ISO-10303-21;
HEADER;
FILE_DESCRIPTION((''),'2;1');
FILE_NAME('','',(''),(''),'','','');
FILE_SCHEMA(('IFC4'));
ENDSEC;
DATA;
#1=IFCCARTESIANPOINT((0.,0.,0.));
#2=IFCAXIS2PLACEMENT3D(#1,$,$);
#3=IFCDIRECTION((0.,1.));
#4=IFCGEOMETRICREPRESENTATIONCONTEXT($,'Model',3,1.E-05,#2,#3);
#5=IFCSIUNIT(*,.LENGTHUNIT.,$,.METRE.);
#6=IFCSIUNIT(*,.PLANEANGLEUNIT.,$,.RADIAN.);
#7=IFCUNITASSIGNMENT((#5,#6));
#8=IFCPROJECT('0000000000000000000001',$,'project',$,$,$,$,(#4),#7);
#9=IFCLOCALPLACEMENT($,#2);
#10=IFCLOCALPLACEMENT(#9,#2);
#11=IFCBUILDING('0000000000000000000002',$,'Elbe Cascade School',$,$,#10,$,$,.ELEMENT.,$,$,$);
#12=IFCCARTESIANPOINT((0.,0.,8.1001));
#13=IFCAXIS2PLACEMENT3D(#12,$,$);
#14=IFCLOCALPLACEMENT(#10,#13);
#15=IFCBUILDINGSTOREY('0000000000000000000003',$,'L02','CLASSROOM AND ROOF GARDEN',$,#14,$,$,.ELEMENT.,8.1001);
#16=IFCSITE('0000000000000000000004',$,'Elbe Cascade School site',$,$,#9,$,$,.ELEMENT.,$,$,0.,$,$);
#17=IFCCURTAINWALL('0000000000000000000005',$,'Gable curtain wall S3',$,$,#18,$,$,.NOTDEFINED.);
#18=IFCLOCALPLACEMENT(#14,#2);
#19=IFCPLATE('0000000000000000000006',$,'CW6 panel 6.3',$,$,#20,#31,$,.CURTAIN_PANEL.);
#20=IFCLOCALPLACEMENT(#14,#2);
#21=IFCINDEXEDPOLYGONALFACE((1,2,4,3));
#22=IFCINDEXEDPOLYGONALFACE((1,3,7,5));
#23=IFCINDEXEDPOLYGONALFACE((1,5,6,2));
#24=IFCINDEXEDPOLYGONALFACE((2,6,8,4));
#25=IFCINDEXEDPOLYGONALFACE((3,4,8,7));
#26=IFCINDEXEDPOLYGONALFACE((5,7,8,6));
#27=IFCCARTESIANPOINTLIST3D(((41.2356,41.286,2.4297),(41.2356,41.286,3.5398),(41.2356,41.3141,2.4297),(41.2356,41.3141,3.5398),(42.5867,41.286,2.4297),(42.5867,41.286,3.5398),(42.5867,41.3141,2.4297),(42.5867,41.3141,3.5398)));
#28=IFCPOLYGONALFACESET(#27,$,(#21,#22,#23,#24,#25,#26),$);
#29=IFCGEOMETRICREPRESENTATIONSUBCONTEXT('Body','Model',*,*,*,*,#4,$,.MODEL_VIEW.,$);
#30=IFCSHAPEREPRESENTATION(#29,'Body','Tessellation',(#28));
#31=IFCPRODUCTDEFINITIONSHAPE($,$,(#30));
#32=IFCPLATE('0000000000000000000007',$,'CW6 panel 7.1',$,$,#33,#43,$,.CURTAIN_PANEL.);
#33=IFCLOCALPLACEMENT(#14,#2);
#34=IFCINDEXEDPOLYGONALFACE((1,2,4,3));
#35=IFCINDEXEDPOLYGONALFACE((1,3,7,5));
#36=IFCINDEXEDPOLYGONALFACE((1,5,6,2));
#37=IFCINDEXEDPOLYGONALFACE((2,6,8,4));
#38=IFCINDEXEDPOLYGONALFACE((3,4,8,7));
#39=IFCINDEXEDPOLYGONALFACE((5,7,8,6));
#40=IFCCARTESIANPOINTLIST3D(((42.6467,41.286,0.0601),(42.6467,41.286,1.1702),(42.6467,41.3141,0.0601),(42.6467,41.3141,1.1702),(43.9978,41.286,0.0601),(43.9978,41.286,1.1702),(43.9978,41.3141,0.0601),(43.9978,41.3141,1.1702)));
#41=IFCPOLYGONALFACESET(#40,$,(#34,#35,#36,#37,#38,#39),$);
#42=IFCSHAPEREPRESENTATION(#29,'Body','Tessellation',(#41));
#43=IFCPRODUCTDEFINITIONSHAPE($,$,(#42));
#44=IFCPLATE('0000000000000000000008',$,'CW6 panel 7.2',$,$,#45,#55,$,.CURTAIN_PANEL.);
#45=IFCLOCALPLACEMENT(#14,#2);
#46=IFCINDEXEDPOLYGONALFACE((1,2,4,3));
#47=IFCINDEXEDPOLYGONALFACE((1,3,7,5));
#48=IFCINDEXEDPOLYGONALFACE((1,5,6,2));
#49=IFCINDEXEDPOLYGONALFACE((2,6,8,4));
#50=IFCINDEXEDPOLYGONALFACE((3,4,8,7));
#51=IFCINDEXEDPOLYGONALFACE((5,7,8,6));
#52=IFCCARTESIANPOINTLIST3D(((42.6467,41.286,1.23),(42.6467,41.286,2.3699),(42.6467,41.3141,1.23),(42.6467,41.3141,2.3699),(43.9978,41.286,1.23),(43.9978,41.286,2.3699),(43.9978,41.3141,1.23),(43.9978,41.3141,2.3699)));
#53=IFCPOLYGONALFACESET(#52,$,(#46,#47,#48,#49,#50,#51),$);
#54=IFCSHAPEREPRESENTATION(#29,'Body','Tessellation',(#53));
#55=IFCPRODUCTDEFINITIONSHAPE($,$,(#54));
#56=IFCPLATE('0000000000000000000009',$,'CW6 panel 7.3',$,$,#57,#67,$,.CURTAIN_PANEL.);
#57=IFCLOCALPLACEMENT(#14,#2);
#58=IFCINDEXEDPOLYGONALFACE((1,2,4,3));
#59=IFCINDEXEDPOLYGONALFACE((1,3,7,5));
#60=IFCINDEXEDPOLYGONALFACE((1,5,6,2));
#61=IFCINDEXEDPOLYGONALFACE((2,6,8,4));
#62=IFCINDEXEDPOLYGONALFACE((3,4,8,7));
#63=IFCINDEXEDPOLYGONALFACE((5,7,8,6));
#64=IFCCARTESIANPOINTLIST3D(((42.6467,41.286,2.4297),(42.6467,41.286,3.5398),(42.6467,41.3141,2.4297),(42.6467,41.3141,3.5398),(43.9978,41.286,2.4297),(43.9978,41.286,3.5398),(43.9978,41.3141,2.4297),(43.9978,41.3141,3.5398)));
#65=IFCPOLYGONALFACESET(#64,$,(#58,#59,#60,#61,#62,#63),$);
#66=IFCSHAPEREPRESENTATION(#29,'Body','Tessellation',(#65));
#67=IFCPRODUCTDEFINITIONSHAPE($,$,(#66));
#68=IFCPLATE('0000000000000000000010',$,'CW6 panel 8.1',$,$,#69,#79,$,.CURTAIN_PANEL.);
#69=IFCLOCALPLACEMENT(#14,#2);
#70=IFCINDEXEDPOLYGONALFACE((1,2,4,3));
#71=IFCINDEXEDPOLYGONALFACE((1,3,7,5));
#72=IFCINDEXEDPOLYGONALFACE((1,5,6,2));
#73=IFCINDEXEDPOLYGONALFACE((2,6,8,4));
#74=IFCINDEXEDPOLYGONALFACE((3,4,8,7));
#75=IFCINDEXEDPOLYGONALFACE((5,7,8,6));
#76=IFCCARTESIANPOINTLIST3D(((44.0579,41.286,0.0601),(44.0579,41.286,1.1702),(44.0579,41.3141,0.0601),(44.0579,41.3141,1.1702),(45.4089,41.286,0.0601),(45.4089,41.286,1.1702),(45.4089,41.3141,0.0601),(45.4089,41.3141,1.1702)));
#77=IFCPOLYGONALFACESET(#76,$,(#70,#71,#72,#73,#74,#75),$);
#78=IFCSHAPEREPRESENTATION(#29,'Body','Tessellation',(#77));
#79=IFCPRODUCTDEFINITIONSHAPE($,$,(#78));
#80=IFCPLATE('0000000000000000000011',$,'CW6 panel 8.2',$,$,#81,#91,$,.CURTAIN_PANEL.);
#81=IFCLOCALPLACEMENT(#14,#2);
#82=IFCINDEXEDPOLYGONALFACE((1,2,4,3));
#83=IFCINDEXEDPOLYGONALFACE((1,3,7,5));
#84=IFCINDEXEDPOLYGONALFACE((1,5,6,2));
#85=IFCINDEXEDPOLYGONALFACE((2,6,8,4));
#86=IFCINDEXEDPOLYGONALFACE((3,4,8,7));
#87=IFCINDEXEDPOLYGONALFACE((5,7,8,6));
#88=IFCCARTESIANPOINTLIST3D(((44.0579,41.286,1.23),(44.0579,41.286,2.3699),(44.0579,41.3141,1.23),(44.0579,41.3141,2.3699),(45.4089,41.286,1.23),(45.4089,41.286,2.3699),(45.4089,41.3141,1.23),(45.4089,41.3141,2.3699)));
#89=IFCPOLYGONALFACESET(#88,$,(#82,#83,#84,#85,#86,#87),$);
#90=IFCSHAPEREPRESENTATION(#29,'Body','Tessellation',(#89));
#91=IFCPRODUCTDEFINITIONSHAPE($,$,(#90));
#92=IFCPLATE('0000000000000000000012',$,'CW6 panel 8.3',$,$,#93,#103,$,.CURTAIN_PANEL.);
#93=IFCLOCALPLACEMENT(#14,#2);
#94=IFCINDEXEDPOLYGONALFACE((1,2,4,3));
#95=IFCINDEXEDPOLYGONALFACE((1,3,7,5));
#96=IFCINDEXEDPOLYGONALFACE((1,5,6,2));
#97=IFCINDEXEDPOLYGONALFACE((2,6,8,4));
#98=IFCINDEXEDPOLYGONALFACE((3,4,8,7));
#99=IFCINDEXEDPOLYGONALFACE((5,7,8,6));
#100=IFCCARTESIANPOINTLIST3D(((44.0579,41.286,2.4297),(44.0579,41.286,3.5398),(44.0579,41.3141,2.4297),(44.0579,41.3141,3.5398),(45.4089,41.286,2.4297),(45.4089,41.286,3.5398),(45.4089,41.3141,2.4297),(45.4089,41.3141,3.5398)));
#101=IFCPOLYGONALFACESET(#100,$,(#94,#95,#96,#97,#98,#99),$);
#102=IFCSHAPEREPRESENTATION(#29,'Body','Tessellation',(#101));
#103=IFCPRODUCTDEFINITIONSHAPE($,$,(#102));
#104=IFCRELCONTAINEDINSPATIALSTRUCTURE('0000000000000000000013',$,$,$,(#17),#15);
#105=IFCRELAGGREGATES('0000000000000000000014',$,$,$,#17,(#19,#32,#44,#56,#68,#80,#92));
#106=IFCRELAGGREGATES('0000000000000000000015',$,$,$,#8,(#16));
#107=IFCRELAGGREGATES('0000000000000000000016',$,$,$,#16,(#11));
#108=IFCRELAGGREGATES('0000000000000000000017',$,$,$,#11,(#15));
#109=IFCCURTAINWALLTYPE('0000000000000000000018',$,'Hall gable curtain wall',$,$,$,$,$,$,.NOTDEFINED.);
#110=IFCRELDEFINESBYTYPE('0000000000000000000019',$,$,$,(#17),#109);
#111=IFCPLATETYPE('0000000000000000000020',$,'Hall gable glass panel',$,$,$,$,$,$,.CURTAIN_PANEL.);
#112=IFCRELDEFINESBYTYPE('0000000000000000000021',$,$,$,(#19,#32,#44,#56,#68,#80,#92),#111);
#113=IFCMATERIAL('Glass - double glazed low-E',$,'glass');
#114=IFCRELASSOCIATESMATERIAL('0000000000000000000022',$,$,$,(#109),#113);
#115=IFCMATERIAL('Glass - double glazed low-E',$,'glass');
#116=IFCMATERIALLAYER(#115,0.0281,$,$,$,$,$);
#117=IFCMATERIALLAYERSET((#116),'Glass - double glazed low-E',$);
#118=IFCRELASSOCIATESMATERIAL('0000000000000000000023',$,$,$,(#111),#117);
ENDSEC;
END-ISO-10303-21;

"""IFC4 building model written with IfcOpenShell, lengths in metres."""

from ifc_helpers import new_model, si_unit, direction, frame, origin, origin_2d, place, context, subcontext, project, spatial, rectangle, extrude, material, layer, layer_set, type_object, element, aggregate, save


model = new_model("IFC4")

# Units and contexts
model_context = context("Model", 3, precision=1e-05, world=origin(), true_north=direction((0.0, 1.0)))
body_context = subcontext(model_context, "Body", "Model", "MODEL_VIEW")
ifc_project = project(units=[si_unit("LENGTHUNIT", "METRE"), si_unit("PLANEANGLEUNIT", "RADIAN")], contexts=[model_context])

# Site, building, storey
site_placement = place(None, origin())
site = spatial("IfcSite", under=ifc_project, at=site_placement, Name="Elbe Cascade School site", CompositionType="ELEMENT", RefElevation=0.0)
building_placement = place(site_placement, origin())
building = spatial("IfcBuilding", under=site, at=building_placement, Name="Elbe Cascade School", CompositionType="ELEMENT")
storey_placement = place(building_placement, frame((0.0, 0.0, 8.1001)))
storey = spatial("IfcBuildingStorey", under=building, at=storey_placement, Name="L02", Description="CLASSROOM AND ROOF GARDEN", CompositionType="ELEMENT", Elevation=8.1001)

# Curtain wall, plates
ifc_material_1 = material(Name="Glass - double glazed low-E", Category="glass")
curtain_wall_type = type_object("IfcCurtainWallType", Name="Hall gable curtain wall", PredefinedType="NOTDEFINED", material=ifc_material_1)
curtain_wall_placement = place(storey_placement, origin())
curtain_wall = element("IfcCurtainWall", 1, at=curtain_wall_placement, inside=storey, type_object=curtain_wall_type, Name="Gable curtain wall S3", PredefinedType="NOTDEFINED")
ifc_material_2 = material(Name="Glass - double glazed low-E", Category="glass")
ifc_layer = layer(ifc_material_2, 0.0281)
ifc_layer_set = layer_set([ifc_layer], Name="Glass - double glazed low-E")
plate_type = type_object("IfcPlateType", Name="Hall gable glass panel", PredefinedType="CURTAIN_PANEL", material=ifc_layer_set)
plate_1_placement = place(storey_placement, frame((41.9111, 41.3, 2.4297), z_axis=(0.0, 0.0, 1.0), x_axis=(1.0, 0.0, 0.0)))
plate_1 = element("IfcPlate", 2, at=plate_1_placement, type_object=plate_type, Name="CW6 panel 6.3", PredefinedType="CURTAIN_PANEL", context=body_context, shape_type="SweptSolid", body=[
    extrude(rectangle(XDim=1.3511, YDim=0.0281, at=origin_2d()), origin(), (0.0, 0.0, 1.0), 1.1101),
])
plate_2_placement = place(storey_placement, frame((43.3223, 41.3, 0.0601), z_axis=(0.0, 0.0, 1.0), x_axis=(1.0, 0.0, 0.0)))
plate_2 = element("IfcPlate", 3, at=plate_2_placement, type_object=plate_type, Name="CW6 panel 7.1", PredefinedType="CURTAIN_PANEL", context=body_context, shape_type="SweptSolid", body=[
    extrude(rectangle(XDim=1.3511, YDim=0.0281, at=origin_2d()), origin(), (0.0, 0.0, 1.0), 1.1101),
])
plate_3_placement = place(storey_placement, frame((43.3223, 41.3, 1.23), z_axis=(0.0, 0.0, 1.0), x_axis=(1.0, 0.0, 0.0)))
plate_3 = element("IfcPlate", 4, at=plate_3_placement, type_object=plate_type, Name="CW6 panel 7.2", PredefinedType="CURTAIN_PANEL", context=body_context, shape_type="SweptSolid", body=[
    extrude(rectangle(XDim=1.3511, YDim=0.0281, at=origin_2d()), origin(), (0.0, 0.0, 1.0), 1.1399),
])
plate_4_placement = place(storey_placement, frame((43.3223, 41.3, 2.4297), z_axis=(0.0, 0.0, 1.0), x_axis=(1.0, 0.0, 0.0)))
plate_4 = element("IfcPlate", 5, at=plate_4_placement, type_object=plate_type, Name="CW6 panel 7.3", PredefinedType="CURTAIN_PANEL", context=body_context, shape_type="SweptSolid", body=[
    extrude(rectangle(XDim=1.3511, YDim=0.0281, at=origin_2d()), origin(), (0.0, 0.0, 1.0), 1.1101),
])
plate_5_placement = place(storey_placement, frame((44.7334, 41.3, 0.0601), z_axis=(0.0, 0.0, 1.0), x_axis=(1.0, 0.0, 0.0)))
plate_5 = element("IfcPlate", 6, at=plate_5_placement, type_object=plate_type, Name="CW6 panel 8.1", PredefinedType="CURTAIN_PANEL", context=body_context, shape_type="SweptSolid", body=[
    extrude(rectangle(XDim=1.3511, YDim=0.0281, at=origin_2d()), origin(), (0.0, 0.0, 1.0), 1.1101),
])
plate_6_placement = place(storey_placement, frame((44.7334, 41.3, 1.23), z_axis=(0.0, 0.0, 1.0), x_axis=(1.0, 0.0, 0.0)))
plate_6 = element("IfcPlate", 7, at=plate_6_placement, type_object=plate_type, Name="CW6 panel 8.2", PredefinedType="CURTAIN_PANEL", context=body_context, shape_type="SweptSolid", body=[
    extrude(rectangle(XDim=1.3511, YDim=0.0281, at=origin_2d()), origin(), (0.0, 0.0, 1.0), 1.1399),
])
plate_7_placement = place(storey_placement, frame((44.7334, 41.3, 2.4297), z_axis=(0.0, 0.0, 1.0), x_axis=(1.0, 0.0, 0.0)))
plate_7 = element("IfcPlate", 8, at=plate_7_placement, type_object=plate_type, Name="CW6 panel 8.3", PredefinedType="CURTAIN_PANEL", context=body_context, shape_type="SweptSolid", body=[
    extrude(rectangle(XDim=1.3511, YDim=0.0281, at=origin_2d()), origin(), (0.0, 0.0, 1.0), 1.1101),
])
aggregate(curtain_wall, [plate_1, plate_2, plate_3, plate_4, plate_5, plate_6, plate_7])

save(model, "model.ifc")
